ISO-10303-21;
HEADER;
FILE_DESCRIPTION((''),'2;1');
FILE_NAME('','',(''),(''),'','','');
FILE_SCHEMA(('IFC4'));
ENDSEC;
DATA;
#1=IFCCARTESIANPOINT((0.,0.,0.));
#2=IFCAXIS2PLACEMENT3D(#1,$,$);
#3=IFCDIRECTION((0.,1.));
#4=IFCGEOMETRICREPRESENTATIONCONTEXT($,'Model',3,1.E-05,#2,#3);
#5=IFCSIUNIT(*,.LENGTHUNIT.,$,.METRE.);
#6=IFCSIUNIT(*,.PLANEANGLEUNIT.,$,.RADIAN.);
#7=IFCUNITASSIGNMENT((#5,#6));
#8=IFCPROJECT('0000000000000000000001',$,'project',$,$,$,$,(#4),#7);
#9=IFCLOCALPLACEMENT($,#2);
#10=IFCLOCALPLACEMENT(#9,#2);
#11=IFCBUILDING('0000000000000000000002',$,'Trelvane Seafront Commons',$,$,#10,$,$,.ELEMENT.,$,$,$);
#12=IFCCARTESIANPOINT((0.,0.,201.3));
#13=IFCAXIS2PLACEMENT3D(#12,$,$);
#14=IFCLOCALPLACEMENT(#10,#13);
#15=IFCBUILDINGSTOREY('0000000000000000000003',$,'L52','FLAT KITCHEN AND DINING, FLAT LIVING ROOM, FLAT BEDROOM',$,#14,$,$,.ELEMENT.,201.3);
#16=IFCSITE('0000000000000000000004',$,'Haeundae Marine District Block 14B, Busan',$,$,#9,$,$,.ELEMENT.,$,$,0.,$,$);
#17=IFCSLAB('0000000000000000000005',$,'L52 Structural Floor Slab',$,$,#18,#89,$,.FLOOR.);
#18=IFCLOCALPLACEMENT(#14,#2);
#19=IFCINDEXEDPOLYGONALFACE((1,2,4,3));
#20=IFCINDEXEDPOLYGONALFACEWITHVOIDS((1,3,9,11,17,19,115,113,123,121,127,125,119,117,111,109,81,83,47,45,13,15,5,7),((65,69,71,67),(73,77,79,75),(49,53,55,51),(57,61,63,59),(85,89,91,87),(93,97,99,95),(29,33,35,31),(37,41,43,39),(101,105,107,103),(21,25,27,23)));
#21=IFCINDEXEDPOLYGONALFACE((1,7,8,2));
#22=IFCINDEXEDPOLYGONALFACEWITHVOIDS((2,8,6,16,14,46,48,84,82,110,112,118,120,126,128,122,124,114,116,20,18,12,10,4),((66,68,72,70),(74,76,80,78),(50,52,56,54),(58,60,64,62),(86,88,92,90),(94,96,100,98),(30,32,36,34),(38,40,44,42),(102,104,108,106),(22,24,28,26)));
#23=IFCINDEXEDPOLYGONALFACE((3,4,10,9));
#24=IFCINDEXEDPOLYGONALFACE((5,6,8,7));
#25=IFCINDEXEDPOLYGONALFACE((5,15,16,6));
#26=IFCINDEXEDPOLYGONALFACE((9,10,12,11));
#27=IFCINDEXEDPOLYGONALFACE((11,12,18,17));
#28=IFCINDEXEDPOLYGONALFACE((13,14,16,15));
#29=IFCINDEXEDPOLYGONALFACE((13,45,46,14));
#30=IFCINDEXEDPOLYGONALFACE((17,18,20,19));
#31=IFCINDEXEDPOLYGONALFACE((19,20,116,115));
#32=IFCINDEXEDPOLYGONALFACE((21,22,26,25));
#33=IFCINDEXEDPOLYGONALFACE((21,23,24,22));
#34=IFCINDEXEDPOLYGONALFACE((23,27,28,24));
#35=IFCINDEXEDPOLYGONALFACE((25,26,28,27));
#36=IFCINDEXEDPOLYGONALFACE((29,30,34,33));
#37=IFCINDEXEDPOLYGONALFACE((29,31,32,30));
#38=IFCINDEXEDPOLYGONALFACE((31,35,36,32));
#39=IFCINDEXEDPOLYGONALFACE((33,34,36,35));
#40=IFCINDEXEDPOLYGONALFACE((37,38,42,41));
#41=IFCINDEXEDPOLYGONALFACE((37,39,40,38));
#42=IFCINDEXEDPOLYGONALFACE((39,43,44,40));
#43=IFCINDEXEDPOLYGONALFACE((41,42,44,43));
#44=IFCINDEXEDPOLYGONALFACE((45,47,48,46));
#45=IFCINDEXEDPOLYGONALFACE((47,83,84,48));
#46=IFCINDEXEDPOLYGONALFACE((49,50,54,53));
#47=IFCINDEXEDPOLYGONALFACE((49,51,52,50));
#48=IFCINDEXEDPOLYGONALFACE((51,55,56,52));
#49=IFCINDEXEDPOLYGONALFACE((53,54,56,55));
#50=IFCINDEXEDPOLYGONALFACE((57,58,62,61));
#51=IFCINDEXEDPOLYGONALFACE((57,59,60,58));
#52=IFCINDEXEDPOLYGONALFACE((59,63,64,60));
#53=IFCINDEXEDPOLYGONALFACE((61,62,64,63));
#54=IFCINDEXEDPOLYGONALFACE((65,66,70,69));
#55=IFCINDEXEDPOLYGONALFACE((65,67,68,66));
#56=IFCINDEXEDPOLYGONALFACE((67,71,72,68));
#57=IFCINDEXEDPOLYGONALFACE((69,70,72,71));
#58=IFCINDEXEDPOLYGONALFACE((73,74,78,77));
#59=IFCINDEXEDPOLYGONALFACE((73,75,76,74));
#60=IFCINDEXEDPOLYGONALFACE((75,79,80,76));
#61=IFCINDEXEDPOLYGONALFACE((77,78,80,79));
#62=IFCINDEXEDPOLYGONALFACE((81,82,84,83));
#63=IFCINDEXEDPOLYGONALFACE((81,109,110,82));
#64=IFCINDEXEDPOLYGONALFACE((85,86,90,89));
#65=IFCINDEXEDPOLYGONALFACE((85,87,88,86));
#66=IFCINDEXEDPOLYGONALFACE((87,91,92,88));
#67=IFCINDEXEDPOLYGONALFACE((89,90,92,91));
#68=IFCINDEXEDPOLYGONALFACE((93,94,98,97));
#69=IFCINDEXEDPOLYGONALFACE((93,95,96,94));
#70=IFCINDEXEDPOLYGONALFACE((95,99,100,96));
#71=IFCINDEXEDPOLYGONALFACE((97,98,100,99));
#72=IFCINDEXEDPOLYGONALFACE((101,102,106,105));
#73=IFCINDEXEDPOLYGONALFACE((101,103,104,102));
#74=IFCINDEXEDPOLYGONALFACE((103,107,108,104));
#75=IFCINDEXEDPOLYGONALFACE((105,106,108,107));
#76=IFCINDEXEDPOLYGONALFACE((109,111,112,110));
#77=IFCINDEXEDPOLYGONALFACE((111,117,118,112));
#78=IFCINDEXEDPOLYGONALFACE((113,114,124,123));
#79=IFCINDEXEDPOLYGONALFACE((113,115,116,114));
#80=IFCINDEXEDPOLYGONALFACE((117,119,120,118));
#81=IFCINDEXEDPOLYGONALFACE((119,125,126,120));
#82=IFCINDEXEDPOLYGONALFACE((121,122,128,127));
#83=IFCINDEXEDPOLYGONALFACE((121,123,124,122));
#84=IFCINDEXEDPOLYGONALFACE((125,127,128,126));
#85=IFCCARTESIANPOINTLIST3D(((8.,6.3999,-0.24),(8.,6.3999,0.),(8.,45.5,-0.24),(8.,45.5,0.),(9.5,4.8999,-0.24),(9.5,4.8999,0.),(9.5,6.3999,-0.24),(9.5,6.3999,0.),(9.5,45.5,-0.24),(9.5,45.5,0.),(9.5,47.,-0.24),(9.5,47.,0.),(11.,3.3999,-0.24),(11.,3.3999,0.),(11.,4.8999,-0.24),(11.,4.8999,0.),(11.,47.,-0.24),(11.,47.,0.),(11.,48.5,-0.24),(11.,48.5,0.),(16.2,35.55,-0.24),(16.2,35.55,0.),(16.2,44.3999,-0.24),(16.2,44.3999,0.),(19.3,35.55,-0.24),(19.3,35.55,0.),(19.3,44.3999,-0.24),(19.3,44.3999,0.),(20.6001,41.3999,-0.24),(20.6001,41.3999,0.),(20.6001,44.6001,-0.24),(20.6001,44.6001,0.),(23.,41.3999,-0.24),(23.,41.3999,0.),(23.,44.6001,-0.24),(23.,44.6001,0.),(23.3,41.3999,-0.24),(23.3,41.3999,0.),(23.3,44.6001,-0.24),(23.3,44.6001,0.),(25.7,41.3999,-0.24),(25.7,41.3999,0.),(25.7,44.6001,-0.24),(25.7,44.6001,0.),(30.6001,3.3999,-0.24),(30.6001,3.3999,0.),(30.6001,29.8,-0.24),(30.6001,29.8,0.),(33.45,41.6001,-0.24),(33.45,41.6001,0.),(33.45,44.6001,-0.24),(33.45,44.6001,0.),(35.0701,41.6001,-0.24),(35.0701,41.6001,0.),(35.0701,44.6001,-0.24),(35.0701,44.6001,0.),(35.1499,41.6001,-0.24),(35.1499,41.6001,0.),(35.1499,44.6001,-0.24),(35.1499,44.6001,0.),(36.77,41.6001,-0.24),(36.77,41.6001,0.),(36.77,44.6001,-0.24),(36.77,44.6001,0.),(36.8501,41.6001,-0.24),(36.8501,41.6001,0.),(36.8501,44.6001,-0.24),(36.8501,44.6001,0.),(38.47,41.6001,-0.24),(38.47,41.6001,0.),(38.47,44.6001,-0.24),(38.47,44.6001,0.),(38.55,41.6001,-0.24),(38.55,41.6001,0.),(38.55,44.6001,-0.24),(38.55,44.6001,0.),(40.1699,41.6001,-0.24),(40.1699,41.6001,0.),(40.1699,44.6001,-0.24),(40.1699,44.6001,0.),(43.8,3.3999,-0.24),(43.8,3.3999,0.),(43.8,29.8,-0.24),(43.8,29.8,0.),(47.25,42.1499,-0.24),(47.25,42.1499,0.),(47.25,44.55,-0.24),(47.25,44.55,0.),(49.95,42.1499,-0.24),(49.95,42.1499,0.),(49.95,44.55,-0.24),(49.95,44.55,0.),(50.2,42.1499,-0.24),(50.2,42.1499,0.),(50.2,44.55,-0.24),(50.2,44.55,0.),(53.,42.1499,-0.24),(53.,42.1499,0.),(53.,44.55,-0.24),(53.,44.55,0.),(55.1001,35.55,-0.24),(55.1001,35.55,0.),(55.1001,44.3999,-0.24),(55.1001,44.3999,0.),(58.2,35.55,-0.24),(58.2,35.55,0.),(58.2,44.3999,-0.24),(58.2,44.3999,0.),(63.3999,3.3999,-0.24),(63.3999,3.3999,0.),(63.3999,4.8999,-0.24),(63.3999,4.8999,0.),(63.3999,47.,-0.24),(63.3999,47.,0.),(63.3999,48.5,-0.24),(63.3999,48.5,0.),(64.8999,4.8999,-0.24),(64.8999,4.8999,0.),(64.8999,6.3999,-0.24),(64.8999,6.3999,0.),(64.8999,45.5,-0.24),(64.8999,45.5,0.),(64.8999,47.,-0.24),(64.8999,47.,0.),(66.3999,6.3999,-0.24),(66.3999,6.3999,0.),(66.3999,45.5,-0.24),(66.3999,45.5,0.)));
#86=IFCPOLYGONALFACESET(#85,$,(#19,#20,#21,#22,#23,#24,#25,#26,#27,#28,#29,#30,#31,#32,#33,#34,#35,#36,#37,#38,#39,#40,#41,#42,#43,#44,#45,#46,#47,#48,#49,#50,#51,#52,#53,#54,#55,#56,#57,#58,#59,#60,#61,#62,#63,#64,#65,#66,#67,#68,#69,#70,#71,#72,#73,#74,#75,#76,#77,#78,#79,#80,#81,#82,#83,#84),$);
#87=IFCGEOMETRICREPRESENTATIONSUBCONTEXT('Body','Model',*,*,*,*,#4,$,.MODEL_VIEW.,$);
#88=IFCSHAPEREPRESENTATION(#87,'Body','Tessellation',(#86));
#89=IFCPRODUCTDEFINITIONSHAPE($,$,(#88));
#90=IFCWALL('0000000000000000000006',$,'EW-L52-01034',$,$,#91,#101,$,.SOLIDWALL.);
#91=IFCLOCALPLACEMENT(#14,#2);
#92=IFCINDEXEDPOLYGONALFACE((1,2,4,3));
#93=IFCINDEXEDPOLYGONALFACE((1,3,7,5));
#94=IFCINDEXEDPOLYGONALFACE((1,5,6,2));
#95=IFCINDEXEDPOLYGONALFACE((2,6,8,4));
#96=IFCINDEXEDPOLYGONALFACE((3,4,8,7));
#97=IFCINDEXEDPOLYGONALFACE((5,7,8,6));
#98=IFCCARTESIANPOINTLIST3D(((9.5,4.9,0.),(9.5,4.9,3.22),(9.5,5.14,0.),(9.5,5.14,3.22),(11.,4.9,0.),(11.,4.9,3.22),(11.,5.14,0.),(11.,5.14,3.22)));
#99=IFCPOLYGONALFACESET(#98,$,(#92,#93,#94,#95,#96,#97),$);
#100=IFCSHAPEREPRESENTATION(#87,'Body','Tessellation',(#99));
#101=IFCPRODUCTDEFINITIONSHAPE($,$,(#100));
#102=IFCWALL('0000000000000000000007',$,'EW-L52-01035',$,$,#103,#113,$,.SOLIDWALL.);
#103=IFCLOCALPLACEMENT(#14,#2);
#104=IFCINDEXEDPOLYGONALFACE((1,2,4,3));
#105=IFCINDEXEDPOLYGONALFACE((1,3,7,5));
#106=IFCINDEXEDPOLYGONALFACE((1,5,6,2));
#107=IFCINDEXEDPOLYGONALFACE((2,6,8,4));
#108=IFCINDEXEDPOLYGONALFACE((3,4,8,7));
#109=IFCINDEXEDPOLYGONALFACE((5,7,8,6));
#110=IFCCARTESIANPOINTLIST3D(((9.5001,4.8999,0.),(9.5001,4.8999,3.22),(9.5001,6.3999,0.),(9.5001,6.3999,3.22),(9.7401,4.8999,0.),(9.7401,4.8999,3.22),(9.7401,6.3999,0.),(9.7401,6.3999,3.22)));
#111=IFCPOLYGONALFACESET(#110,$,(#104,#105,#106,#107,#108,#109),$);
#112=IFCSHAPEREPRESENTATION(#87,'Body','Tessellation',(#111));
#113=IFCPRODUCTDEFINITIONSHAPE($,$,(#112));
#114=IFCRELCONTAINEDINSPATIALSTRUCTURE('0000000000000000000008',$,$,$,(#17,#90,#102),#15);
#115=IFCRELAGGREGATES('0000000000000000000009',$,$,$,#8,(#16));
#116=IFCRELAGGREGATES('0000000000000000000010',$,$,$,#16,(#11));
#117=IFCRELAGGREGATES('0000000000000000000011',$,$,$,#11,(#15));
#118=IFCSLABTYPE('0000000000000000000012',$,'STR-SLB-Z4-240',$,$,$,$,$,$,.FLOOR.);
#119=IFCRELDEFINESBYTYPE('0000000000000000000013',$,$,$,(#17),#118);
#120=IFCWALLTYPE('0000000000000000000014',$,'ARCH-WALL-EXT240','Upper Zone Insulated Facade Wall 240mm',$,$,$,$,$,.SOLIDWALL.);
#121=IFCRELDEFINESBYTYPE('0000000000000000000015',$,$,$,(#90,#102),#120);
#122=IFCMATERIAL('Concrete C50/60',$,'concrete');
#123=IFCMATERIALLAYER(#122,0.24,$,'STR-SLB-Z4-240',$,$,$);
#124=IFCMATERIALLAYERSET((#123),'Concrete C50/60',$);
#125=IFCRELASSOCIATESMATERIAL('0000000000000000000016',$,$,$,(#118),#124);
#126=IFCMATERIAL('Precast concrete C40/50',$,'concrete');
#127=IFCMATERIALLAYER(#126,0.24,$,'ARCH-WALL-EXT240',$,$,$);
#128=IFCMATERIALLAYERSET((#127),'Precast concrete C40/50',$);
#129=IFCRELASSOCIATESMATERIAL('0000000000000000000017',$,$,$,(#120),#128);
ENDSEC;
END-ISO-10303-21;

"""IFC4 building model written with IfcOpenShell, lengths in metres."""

from ifc_helpers import new_model, si_unit, direction, frame, frame_2d, origin, place, context, subcontext, project, spatial, polyline, rectangle, outline, extrude, material, layer, layer_set, type_object, element, save


model = new_model("IFC4")

# Units and contexts
model_context = context("Model", 3, precision=1e-05, world=origin(), true_north=direction((0.0, 1.0)))
body_context = subcontext(model_context, "Body", "Model", "MODEL_VIEW")
ifc_project = project(units=[si_unit("LENGTHUNIT", "METRE"), si_unit("PLANEANGLEUNIT", "RADIAN")], contexts=[model_context])

# Site, building, storey
site_placement = place(None, origin())
site = spatial("IfcSite", under=ifc_project, at=site_placement, Name="Haeundae Marine District Block 14B, Busan", CompositionType="ELEMENT", RefElevation=0.0)
building_placement = place(site_placement, origin())
building = spatial("IfcBuilding", under=site, at=building_placement, Name="Trelvane Seafront Commons", CompositionType="ELEMENT")
storey_placement = place(building_placement, frame((0.0, 0.0, 201.3)))
storey = spatial("IfcBuildingStorey", under=building, at=storey_placement, Name="L52", Description="FLAT KITCHEN AND DINING, FLAT LIVING ROOM, FLAT BEDROOM", CompositionType="ELEMENT", Elevation=201.3)

# Slab
ifc_material_1 = material(Name="Concrete C50/60", Category="concrete")
ifc_layer_1 = layer(ifc_material_1, 0.24, Name="STR-SLB-Z4-240")
ifc_layer_set_1 = layer_set([ifc_layer_1], Name="Concrete C50/60")
slab_type_1 = type_object("IfcSlabType", Name="STR-SLB-Z4-240", PredefinedType="FLOOR", material=ifc_layer_set_1)
slab_1_placement = place(storey_placement, frame((0.0, 0.0, -0.24)))
element("IfcSlab", 1, at=slab_1_placement, inside=storey, type_object=slab_type_1, Name="L52 Structural Floor Slab", PredefinedType="FLOOR", context=body_context, shape_type="SweptSolid", body=[
    extrude(outline(polyline([(11.0, 3.3999), (30.6001, 3.3999), (30.6001, 29.8), (43.8, 29.8), (43.8, 3.3999), (63.3999, 3.3999), (63.3999, 4.8999), (64.8999, 4.8999), (64.8999, 6.3999), (66.3999, 6.3999), (66.3999, 45.5), (64.8999, 45.5), (64.8999, 47.0), (63.3999, 47.0), (63.3999, 48.5), (11.0, 48.5), (11.0, 47.0), (9.5, 47.0), (9.5, 45.5), (8.0, 45.5), (8.0, 6.3999), (9.5, 6.3999), (9.5, 4.8999), (11.0, 4.8999), (11.0, 3.3999)]), holes=[polyline([(19.3, 35.55), (16.2, 35.55), (16.2, 44.3999), (19.3, 44.3999), (19.3, 35.55)]), polyline([(58.2, 35.55), (55.1001, 35.55), (55.1001, 44.3999), (58.2, 44.3999), (58.2, 35.55)]), polyline([(23.0, 41.3999), (20.6001, 41.3999), (20.6001, 44.6001), (23.0, 44.6001), (23.0, 41.3999)]), polyline([(23.3, 41.3999), (23.3, 44.6001), (25.7, 44.6001), (25.7, 41.3999), (23.3, 41.3999)]), polyline([(33.45, 41.6001), (33.45, 44.6001), (35.0701, 44.6001), (35.0701, 41.6001), (33.45, 41.6001)]), polyline([(36.77, 41.6001), (35.1499, 41.6001), (35.1499, 44.6001), (36.77, 44.6001), (36.77, 41.6001)]), polyline([(38.47, 41.6001), (36.8501, 41.6001), (36.8501, 44.6001), (38.47, 44.6001), (38.47, 41.6001)]), polyline([(40.1699, 41.6001), (38.55, 41.6001), (38.55, 44.6001), (40.1699, 44.6001), (40.1699, 41.6001)]), polyline([(47.25, 42.1499), (47.25, 44.55), (49.95, 44.55), (49.95, 42.1499), (47.25, 42.1499)]), polyline([(50.2, 42.1499), (50.2, 44.55), (53.0, 44.55), (53.0, 42.1499), (50.2, 42.1499)])]), origin(), (0.0, 0.0, 1.0), 0.24),
])

# Walls
ifc_material_2 = material(Name="Precast concrete C40/50", Category="concrete")
ifc_layer_2 = layer(ifc_material_2, 0.24, Name="ARCH-WALL-EXT240")
ifc_layer_set_2 = layer_set([ifc_layer_2], Name="Precast concrete C40/50")
wall_type_1 = type_object("IfcWallType", Name="ARCH-WALL-EXT240", Description="Upper Zone Insulated Facade Wall 240mm", PredefinedType="SOLIDWALL", material=ifc_layer_set_2)
for number, where, z_axis, x_axis, name in (
    (2, (11.0, 5.02, 0.0), (0.0, 0.0, 1.0), (-1.0, 0.0, 0.0), "EW-L52-01034"),
    (3, (9.6201, 4.8999, 0.0), (0.0, 0.0, 1.0), (0.0, 1.0, 0.0), "EW-L52-01035"),
):
    element("IfcWall", number, at=place(storey_placement, frame(where, z_axis=z_axis, x_axis=x_axis)), inside=storey, type_object=wall_type_1, Name=name, PredefinedType="SOLIDWALL", context=body_context, shape_type="SweptSolid", body=[
        extrude(rectangle(XDim=1.5, YDim=0.24, at=frame_2d((0.75, 0.0))), origin(), (0.0, 0.0, 1.0), 3.22),
    ])

save(model, "model.ifc")
